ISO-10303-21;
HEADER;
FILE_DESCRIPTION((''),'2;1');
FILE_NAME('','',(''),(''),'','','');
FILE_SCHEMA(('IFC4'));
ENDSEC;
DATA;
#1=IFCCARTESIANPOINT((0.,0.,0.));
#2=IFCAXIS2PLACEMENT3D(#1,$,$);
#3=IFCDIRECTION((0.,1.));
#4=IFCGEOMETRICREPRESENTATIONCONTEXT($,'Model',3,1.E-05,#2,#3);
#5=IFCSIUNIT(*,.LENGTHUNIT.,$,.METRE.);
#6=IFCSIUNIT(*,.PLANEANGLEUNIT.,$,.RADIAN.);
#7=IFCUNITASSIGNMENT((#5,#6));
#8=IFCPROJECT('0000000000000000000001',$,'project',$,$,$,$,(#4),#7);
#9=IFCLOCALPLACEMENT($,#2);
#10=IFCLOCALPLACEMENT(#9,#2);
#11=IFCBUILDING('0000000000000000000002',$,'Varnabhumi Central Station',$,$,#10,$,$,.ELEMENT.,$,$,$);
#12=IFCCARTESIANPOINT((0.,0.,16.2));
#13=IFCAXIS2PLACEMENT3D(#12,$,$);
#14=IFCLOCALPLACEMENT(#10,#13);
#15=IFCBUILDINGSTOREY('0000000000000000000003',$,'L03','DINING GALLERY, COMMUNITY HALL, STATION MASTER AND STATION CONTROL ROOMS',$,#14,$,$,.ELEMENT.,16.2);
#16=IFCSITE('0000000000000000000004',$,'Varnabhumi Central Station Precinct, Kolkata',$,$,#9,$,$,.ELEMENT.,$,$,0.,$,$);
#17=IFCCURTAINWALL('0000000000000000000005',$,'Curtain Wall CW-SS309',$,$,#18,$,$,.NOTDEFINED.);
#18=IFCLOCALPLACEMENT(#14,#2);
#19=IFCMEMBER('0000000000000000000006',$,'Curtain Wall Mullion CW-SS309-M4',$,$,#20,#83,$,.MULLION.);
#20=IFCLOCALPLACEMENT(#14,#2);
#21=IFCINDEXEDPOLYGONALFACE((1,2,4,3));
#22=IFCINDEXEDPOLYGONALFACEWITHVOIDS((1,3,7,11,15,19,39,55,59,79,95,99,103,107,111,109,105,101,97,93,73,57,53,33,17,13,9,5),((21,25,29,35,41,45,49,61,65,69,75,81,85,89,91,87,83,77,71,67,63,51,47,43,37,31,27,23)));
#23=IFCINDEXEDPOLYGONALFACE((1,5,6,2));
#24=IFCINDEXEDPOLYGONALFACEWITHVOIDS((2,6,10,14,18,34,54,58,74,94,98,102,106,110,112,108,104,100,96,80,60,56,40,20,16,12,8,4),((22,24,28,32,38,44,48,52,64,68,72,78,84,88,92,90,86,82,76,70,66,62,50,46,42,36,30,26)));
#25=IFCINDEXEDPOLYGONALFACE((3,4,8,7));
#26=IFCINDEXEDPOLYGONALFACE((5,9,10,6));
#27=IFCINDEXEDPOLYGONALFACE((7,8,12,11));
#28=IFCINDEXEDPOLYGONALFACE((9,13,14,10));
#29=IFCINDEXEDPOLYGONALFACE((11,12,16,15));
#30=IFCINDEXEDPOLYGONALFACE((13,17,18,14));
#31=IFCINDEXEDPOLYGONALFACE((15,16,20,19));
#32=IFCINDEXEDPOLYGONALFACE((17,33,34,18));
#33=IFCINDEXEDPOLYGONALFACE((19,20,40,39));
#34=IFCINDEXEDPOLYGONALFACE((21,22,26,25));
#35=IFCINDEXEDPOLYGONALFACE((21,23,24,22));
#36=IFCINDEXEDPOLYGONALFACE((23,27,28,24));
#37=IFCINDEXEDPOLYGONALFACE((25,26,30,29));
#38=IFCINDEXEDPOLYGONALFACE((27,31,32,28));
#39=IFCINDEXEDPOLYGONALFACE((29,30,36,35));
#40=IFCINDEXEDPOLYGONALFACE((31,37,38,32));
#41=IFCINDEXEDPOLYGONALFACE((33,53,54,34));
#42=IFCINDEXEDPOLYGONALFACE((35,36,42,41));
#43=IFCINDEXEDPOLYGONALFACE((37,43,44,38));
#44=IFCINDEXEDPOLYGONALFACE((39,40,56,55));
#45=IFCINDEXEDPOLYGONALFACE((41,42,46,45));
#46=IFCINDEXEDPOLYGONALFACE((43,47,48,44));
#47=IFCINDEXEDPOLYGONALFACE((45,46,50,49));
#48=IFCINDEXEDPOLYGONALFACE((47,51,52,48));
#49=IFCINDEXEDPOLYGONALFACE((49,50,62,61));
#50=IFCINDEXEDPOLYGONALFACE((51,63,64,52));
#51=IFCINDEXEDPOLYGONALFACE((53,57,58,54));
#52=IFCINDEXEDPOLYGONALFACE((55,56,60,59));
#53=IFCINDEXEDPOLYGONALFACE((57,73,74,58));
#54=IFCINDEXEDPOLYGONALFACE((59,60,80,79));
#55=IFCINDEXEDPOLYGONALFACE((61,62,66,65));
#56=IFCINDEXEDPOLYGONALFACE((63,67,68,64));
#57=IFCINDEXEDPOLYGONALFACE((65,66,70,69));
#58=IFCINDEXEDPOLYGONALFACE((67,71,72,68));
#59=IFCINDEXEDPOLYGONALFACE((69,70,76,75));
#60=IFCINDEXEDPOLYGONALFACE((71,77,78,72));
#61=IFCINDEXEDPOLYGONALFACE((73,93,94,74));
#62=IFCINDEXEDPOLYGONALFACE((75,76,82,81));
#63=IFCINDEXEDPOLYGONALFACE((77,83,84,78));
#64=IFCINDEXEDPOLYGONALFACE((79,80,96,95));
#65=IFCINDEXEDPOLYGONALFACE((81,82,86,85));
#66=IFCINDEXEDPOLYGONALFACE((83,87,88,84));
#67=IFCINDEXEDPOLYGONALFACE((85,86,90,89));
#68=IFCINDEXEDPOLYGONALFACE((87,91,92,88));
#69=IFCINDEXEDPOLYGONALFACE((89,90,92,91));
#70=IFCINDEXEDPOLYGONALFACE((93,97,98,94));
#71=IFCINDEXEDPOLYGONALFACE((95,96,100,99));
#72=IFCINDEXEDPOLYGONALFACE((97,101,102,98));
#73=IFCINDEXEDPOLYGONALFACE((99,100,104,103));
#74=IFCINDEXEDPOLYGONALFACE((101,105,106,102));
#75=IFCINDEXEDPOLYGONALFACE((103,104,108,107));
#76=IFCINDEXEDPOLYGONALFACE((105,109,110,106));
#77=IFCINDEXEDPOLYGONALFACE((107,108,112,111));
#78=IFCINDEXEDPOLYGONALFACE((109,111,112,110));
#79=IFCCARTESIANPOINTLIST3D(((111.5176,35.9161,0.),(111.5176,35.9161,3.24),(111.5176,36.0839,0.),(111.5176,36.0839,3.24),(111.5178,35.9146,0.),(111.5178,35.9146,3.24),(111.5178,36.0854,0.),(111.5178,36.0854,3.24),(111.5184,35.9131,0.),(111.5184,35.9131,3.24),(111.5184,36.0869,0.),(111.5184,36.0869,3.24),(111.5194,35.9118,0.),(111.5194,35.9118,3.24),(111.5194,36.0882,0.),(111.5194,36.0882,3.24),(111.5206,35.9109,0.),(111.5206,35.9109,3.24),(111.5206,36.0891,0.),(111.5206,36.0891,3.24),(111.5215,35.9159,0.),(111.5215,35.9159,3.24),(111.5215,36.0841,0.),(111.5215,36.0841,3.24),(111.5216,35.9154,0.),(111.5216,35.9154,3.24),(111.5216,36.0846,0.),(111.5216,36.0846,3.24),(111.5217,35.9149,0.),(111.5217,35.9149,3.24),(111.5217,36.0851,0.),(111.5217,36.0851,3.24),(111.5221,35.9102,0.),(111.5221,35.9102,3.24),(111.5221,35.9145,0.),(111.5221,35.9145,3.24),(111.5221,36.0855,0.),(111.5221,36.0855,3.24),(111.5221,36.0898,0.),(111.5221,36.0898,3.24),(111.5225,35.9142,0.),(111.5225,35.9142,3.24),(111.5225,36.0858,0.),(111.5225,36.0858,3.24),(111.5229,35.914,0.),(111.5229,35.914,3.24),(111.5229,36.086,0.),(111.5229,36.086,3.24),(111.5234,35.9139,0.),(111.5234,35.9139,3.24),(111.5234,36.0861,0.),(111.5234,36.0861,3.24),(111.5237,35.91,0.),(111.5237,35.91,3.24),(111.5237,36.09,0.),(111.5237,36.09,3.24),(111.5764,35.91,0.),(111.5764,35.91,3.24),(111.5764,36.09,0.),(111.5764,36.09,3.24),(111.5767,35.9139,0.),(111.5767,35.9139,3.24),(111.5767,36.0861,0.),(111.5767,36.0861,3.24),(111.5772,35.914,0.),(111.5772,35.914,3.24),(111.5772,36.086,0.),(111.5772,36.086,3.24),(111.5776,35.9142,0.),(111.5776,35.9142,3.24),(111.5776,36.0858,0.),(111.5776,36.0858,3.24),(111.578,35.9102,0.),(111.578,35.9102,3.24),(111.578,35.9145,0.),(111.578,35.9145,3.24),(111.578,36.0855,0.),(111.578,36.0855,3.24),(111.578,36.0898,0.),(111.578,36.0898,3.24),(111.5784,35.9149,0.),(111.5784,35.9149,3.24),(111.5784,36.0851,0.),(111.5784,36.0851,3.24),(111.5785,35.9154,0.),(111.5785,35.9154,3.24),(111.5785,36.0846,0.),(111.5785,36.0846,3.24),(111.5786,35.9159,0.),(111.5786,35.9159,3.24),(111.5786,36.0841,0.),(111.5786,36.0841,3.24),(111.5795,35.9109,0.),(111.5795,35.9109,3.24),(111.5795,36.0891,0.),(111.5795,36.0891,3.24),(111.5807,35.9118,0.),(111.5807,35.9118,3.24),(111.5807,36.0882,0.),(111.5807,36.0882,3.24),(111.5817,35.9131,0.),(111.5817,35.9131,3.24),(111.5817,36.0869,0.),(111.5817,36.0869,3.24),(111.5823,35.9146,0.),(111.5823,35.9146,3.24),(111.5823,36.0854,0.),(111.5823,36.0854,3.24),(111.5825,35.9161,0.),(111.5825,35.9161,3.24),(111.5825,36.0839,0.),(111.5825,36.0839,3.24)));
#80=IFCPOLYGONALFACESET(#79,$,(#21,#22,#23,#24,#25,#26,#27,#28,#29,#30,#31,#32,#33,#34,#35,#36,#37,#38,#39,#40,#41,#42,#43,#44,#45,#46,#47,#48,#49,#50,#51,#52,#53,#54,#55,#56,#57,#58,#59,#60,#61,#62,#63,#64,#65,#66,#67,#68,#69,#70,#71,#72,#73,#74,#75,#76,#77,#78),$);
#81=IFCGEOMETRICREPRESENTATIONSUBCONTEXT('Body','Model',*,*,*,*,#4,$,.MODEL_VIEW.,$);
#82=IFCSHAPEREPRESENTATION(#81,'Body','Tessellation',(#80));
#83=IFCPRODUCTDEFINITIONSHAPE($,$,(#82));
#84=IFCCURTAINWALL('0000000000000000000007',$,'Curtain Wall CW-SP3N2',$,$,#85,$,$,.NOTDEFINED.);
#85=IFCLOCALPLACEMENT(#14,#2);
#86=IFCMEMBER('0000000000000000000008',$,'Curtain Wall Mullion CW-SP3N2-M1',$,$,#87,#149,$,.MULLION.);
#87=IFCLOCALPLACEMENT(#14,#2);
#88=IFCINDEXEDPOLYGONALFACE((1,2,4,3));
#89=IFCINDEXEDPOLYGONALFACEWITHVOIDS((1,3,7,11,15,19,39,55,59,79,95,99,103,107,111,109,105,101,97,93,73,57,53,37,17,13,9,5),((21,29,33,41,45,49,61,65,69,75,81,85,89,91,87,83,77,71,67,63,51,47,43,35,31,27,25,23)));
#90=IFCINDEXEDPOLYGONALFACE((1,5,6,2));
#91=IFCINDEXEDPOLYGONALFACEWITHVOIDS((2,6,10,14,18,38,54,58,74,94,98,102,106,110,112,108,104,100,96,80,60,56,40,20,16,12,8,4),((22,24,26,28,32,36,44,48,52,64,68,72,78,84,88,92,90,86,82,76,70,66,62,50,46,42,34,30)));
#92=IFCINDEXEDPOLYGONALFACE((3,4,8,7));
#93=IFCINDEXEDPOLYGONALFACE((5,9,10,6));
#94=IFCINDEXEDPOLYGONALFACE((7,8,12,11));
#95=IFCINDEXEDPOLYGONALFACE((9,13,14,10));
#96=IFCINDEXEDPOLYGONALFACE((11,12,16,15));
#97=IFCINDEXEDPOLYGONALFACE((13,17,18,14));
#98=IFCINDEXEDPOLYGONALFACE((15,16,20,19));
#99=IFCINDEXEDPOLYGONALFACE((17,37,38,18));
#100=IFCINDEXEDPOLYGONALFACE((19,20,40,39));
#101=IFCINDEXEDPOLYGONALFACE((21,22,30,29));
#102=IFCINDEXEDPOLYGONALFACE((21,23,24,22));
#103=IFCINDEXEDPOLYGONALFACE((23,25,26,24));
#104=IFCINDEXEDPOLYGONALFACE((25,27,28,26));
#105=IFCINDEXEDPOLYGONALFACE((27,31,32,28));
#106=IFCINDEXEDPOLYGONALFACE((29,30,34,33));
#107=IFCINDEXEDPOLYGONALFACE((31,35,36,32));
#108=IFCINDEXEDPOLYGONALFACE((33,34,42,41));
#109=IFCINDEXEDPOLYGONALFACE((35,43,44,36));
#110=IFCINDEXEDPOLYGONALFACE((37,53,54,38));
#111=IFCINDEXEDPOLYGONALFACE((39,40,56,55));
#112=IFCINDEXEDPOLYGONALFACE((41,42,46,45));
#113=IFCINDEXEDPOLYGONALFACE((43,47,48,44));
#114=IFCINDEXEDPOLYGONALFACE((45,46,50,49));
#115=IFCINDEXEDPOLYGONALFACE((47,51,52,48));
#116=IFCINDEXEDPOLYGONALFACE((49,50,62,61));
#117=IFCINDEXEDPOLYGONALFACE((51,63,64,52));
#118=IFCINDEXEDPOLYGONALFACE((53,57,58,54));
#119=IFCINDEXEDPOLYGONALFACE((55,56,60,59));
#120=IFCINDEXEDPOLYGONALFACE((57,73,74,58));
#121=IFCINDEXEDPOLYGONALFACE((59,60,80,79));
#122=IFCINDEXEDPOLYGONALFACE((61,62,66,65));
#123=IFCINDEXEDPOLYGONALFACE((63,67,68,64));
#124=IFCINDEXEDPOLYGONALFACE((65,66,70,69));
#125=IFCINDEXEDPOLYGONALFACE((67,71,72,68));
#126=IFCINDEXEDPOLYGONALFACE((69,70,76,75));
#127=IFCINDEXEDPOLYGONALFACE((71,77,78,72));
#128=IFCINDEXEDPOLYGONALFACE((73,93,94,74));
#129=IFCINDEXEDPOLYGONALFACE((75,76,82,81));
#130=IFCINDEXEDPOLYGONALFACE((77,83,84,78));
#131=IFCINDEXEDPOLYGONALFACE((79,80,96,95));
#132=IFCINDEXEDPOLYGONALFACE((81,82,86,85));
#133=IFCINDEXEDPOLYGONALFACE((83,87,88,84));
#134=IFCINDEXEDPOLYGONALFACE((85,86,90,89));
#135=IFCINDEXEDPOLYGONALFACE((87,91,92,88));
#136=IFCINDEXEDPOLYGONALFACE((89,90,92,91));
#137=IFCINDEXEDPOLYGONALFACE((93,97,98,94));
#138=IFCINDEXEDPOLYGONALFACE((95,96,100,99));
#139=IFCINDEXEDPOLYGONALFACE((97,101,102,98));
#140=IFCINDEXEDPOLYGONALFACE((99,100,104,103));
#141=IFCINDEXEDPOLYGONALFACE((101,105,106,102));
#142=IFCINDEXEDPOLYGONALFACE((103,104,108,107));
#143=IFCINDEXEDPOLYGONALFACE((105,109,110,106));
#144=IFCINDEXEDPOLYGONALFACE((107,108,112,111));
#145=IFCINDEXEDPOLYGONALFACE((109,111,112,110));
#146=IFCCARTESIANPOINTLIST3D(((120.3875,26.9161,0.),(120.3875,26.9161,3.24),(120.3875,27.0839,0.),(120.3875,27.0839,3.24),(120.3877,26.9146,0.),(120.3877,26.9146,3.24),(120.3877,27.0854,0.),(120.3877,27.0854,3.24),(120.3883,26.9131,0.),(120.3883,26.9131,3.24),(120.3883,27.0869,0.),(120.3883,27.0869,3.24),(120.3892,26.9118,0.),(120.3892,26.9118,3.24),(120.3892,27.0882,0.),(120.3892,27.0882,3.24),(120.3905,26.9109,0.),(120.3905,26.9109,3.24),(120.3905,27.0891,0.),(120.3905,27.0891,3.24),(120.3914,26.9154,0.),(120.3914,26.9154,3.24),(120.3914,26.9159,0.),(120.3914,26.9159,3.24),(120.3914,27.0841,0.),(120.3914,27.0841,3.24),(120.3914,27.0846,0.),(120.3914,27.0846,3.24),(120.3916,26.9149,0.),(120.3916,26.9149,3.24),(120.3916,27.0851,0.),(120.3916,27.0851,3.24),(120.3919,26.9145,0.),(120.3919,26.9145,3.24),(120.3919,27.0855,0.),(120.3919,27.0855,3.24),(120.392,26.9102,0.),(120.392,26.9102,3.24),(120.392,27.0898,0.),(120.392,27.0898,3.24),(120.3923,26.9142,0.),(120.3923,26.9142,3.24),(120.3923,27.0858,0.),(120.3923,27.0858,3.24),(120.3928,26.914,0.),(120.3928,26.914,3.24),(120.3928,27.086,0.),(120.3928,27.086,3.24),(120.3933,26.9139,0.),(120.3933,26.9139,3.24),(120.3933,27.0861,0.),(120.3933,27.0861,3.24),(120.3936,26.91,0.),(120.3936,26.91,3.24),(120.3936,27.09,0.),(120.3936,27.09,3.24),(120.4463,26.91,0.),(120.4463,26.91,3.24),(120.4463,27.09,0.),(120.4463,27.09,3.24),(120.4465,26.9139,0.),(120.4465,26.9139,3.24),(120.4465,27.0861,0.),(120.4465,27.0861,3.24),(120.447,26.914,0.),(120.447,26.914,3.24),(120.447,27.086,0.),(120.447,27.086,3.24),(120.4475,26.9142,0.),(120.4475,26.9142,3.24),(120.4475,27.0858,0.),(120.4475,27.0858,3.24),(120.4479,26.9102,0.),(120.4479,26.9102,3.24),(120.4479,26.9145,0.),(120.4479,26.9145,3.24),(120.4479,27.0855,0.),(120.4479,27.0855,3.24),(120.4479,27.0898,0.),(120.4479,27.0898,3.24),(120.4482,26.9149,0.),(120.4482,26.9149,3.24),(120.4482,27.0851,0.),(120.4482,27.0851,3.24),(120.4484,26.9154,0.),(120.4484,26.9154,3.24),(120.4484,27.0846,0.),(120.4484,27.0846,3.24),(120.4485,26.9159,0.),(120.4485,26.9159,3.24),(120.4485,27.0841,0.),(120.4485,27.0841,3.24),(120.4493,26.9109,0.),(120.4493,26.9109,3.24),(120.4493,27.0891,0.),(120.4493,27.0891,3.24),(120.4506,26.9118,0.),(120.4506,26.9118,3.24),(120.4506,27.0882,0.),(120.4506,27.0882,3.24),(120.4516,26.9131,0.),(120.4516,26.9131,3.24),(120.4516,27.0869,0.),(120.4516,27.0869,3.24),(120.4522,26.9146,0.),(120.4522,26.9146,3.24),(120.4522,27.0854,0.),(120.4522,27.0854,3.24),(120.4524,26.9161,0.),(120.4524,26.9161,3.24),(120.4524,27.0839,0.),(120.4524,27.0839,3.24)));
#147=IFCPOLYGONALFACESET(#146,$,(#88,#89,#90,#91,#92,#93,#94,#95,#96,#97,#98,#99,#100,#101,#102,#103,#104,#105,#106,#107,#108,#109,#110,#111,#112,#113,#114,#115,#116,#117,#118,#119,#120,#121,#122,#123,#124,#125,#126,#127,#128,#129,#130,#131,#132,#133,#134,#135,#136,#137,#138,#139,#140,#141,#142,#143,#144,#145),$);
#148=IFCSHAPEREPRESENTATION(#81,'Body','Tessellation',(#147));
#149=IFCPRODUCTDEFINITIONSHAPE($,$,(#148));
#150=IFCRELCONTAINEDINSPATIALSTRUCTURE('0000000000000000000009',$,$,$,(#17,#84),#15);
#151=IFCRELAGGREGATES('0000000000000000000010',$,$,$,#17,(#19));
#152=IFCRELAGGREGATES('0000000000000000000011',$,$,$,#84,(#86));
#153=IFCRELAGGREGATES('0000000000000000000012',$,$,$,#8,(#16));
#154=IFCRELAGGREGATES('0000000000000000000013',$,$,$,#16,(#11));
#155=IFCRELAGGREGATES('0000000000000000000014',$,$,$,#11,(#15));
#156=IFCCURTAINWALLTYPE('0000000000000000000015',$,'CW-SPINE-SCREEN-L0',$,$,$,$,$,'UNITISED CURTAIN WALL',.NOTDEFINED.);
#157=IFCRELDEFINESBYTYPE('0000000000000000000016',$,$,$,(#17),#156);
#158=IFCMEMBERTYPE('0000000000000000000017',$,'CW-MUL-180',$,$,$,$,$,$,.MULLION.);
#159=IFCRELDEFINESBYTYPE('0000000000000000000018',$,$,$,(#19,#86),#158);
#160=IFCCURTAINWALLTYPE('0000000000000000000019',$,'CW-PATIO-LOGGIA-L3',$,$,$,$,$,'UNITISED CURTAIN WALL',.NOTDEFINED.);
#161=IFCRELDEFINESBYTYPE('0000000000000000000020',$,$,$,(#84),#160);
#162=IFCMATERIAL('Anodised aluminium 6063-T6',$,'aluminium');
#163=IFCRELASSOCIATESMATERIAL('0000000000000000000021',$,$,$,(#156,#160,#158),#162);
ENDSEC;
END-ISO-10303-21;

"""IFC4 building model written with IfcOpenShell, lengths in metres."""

from ifc_helpers import new_model, si_unit, direction, frame, origin, origin_2d, place, context, subcontext, project, spatial, hollow_rectangle, extrude, material, material_profile, profile_set, type_object, element, aggregate, save


model = new_model("IFC4")

# Units and contexts
model_context = context("Model", 3, precision=1e-05, world=origin(), true_north=direction((0.0, 1.0)))
body_context = subcontext(model_context, "Body", "Model", "MODEL_VIEW")
ifc_project = project(units=[si_unit("LENGTHUNIT", "METRE"), si_unit("PLANEANGLEUNIT", "RADIAN")], contexts=[model_context])

# Site, building, storey
site_placement = place(None, origin())
site = spatial("IfcSite", under=ifc_project, at=site_placement, Name="Varnabhumi Central Station Precinct, Kolkata", CompositionType="ELEMENT", RefElevation=0.0)
building_placement = place(site_placement, origin())
building = spatial("IfcBuilding", under=site, at=building_placement, Name="Varnabhumi Central Station", CompositionType="ELEMENT")
storey_placement = place(building_placement, frame((0.0, 0.0, 16.2)))
storey = spatial("IfcBuildingStorey", under=building, at=storey_placement, Name="L03", Description="DINING GALLERY, COMMUNITY HALL, STATION MASTER AND STATION CONTROL ROOMS", CompositionType="ELEMENT", Elevation=16.2)

# Curtain wall, member
ifc_material_1 = material(Name="Anodised aluminium 6063-T6", Category="aluminium")
curtain_wall_type_1 = type_object("IfcCurtainWallType", Name="CW-SPINE-SCREEN-L0", ElementType="UNITISED CURTAIN WALL", PredefinedType="NOTDEFINED", material=ifc_material_1)
curtain_wall_1_placement = place(storey_placement, origin())
curtain_wall_1 = element("IfcCurtainWall", 1, at=curtain_wall_1_placement, inside=storey, type_object=curtain_wall_type_1, Name="Curtain Wall CW-SS309", PredefinedType="NOTDEFINED")
ifc_material_profile_1 = material_profile(ifc_material_1, hollow_rectangle(XDim=0.0649, YDim=0.1799, WallThickness=0.0039, InnerFilletRadius=0.002, OuterFilletRadius=0.0061, at=origin_2d()), Name="Anodised aluminium 6063-T6", Category="aluminium")
ifc_profile_set_1 = profile_set([ifc_material_profile_1], Name="Anodised aluminium 6063-T6")
member_type_1 = type_object("IfcMemberType", Name="CW-MUL-180", PredefinedType="MULLION", material=ifc_profile_set_1)
member_1_placement = place(storey_placement, frame((111.55, 36.0, 0.0), z_axis=(0.0, 0.0, 1.0), x_axis=(1.0, 0.0, 0.0)))
member_1 = element("IfcMember", 2, at=member_1_placement, type_object=member_type_1, Name="Curtain Wall Mullion CW-SS309-M4", PredefinedType="MULLION", context=body_context, shape_type="SweptSolid", body=[
    extrude(hollow_rectangle(XDim=0.0649, YDim=0.1799, WallThickness=0.0039, InnerFilletRadius=0.002, OuterFilletRadius=0.0061, at=origin_2d()), origin(), (0.0, 0.0, 1.0), 3.24),
])

# Curtain wall, member
curtain_wall_type_2 = type_object("IfcCurtainWallType", Name="CW-PATIO-LOGGIA-L3", ElementType="UNITISED CURTAIN WALL", PredefinedType="NOTDEFINED", material=ifc_material_1)
curtain_wall_2_placement = place(storey_placement, origin())
curtain_wall_2 = element("IfcCurtainWall", 3, at=curtain_wall_2_placement, inside=storey, type_object=curtain_wall_type_2, Name="Curtain Wall CW-SP3N2", PredefinedType="NOTDEFINED")
member_2_placement = place(storey_placement, frame((120.4199, 27.0, 0.0), z_axis=(0.0, 0.0, 1.0), x_axis=(1.0, 0.0, 0.0)))
member_2 = element("IfcMember", 4, at=member_2_placement, type_object=member_type_1, Name="Curtain Wall Mullion CW-SP3N2-M1", PredefinedType="MULLION", context=body_context, shape_type="SweptSolid", body=[
    extrude(hollow_rectangle(XDim=0.0649, YDim=0.1799, WallThickness=0.0039, InnerFilletRadius=0.002, OuterFilletRadius=0.0061, at=origin_2d()), origin(), (0.0, 0.0, 1.0), 3.24),
])

aggregate(curtain_wall_1, [member_1])
aggregate(curtain_wall_2, [member_2])

save(model, "model.ifc")
